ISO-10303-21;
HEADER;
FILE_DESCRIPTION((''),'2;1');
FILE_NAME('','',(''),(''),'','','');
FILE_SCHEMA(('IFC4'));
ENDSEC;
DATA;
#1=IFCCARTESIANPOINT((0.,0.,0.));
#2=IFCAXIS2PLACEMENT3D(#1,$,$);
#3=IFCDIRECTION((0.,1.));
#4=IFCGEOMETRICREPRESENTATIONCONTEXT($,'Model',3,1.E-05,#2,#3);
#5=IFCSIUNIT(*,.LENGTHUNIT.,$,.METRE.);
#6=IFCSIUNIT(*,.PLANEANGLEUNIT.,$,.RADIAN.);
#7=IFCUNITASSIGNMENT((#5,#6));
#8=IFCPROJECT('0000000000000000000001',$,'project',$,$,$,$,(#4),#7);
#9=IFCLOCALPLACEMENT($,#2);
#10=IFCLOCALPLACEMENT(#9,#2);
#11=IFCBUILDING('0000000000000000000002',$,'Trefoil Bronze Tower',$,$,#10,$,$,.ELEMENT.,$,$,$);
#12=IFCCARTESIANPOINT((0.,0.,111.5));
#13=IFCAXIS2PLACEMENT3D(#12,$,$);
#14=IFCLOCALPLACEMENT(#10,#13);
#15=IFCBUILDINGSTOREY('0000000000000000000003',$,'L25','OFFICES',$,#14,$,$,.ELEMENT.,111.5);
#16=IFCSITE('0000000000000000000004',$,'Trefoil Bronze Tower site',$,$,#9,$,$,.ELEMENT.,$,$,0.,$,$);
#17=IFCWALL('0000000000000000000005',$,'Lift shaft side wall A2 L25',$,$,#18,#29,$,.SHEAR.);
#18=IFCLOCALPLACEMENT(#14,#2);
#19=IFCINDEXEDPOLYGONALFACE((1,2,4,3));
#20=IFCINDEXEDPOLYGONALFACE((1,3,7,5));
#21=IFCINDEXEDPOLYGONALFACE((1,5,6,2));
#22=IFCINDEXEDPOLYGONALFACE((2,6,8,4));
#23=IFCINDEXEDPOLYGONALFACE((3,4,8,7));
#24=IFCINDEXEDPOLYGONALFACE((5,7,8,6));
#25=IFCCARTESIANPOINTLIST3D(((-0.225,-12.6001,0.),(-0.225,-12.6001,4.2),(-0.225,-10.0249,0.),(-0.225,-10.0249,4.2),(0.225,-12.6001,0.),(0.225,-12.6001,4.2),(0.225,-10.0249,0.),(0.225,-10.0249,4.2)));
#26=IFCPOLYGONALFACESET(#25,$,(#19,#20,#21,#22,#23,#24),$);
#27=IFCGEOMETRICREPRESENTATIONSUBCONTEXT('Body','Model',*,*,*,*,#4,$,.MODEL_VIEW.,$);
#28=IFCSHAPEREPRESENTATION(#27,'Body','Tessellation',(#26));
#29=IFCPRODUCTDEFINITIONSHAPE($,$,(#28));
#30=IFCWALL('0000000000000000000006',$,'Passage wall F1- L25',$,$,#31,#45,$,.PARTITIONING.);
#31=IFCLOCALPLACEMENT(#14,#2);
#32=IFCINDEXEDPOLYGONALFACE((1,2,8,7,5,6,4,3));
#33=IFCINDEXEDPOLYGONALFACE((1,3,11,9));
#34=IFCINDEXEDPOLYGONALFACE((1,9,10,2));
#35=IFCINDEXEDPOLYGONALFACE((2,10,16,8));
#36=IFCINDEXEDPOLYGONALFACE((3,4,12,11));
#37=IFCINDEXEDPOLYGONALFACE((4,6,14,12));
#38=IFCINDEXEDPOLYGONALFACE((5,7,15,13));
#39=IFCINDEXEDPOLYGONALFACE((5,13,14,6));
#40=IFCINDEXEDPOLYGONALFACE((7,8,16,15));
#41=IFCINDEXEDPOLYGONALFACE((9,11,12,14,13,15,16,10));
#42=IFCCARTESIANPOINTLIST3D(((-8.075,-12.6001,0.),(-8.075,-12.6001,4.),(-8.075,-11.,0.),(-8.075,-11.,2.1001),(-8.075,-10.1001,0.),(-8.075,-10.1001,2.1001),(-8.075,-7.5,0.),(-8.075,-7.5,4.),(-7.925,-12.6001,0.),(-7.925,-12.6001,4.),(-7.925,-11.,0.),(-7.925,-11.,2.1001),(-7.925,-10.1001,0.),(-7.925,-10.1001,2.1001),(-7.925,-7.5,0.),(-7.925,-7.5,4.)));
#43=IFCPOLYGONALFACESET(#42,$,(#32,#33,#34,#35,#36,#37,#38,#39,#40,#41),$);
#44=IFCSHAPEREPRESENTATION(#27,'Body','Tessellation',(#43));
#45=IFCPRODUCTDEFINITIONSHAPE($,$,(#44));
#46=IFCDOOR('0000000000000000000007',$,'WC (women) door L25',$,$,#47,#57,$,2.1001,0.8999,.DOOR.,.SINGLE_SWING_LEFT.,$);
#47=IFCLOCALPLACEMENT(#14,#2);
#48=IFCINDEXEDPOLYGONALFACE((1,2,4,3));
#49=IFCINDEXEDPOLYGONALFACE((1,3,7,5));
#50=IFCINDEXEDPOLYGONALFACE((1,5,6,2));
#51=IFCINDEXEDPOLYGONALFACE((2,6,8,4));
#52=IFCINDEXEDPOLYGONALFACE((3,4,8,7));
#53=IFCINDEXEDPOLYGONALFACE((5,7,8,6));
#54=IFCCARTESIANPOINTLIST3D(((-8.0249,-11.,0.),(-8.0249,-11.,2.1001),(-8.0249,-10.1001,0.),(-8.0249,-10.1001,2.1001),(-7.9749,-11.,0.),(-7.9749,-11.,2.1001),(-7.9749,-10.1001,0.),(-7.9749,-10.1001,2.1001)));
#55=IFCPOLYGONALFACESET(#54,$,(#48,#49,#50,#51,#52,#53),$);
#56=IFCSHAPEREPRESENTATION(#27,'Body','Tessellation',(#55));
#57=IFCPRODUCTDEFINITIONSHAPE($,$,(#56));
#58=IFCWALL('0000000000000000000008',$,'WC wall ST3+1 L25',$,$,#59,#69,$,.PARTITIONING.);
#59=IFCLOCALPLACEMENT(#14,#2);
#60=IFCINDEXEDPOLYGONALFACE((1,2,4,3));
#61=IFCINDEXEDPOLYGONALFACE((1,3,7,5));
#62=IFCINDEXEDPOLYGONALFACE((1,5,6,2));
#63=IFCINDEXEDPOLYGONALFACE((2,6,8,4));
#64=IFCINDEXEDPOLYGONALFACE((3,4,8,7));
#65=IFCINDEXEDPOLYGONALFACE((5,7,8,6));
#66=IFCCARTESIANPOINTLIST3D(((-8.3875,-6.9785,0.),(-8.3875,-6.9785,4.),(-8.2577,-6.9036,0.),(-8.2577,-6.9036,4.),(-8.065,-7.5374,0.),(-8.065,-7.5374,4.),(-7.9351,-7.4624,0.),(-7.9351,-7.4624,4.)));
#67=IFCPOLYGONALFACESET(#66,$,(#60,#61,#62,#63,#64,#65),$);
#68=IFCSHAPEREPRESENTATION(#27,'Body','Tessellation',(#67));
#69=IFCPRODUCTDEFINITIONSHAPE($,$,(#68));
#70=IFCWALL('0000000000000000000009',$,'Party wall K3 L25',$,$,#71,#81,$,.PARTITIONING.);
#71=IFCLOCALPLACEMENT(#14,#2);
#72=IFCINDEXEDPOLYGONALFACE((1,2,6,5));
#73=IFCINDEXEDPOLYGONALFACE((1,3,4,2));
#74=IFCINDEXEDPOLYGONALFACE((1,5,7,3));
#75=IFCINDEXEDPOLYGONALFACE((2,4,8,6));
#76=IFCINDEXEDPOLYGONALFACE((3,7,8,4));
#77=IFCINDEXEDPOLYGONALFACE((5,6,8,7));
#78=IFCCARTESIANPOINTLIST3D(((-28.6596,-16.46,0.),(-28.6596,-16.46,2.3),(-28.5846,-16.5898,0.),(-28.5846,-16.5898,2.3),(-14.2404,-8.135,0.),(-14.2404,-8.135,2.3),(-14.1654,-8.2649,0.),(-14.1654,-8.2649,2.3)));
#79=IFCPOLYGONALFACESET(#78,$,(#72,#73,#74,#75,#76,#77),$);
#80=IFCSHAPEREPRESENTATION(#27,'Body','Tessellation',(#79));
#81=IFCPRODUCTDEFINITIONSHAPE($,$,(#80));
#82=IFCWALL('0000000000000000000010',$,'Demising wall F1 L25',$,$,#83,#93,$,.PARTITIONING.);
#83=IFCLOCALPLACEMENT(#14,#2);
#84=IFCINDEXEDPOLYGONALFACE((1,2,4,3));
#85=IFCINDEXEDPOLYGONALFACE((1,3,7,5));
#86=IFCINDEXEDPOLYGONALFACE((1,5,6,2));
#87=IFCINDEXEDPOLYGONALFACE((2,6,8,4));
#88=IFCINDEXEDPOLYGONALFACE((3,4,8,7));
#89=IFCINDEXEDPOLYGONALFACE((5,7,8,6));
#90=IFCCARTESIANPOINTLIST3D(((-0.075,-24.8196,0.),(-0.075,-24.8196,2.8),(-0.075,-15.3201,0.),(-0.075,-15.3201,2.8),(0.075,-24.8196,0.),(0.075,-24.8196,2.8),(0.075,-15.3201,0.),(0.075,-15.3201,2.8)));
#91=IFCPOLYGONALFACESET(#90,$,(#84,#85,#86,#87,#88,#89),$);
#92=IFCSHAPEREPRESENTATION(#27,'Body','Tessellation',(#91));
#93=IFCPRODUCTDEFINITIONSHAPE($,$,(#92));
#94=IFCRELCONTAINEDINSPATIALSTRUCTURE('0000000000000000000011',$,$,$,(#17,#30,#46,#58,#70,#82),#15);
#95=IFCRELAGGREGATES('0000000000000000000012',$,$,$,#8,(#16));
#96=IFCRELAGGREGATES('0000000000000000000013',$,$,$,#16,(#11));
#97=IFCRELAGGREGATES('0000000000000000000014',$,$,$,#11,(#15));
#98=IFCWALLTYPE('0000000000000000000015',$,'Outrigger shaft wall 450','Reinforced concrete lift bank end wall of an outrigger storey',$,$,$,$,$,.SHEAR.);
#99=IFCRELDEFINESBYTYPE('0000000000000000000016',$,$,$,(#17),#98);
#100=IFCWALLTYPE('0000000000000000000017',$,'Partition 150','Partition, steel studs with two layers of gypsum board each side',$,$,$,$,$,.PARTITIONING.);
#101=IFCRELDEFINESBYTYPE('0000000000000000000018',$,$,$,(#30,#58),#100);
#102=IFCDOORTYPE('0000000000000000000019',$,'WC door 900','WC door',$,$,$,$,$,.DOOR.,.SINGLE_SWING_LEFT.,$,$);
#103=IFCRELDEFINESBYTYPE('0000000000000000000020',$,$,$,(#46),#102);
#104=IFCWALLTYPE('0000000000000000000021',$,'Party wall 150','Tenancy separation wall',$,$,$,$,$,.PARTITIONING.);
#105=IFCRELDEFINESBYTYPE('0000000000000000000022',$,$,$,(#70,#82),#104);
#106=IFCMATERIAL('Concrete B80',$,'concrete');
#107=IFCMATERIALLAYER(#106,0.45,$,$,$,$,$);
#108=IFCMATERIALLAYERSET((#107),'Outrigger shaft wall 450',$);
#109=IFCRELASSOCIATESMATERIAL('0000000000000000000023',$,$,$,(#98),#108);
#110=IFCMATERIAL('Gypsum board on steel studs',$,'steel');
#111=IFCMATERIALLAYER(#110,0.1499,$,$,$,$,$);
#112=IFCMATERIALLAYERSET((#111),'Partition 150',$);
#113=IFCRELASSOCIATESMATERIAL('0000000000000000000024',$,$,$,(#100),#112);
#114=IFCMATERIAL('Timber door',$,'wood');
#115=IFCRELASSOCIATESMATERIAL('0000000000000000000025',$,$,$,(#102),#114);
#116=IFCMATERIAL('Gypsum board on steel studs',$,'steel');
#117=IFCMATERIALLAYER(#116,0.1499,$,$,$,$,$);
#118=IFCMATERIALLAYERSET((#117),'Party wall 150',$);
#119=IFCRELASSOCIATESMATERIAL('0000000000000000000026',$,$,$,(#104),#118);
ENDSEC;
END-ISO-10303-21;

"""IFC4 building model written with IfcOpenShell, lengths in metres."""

from ifc_helpers import new_model, si_unit, direction, frame, frame_2d, origin, place, context, subcontext, project, spatial, rectangle, extrude, material, layer, layer_set, type_object, element, fill, save


model = new_model("IFC4")

# Units and contexts
model_context = context("Model", 3, precision=1e-05, world=origin(), true_north=direction((0.0, 1.0)))
body_context = subcontext(model_context, "Body", "Model", "MODEL_VIEW")
ifc_project = project(units=[si_unit("LENGTHUNIT", "METRE"), si_unit("PLANEANGLEUNIT", "RADIAN")], contexts=[model_context])

# Site, building, storey
site_placement = place(None, origin())
site = spatial("IfcSite", under=ifc_project, at=site_placement, Name="Trefoil Bronze Tower site", CompositionType="ELEMENT", RefElevation=0.0)
building_placement = place(site_placement, origin())
building = spatial("IfcBuilding", under=site, at=building_placement, Name="Trefoil Bronze Tower", CompositionType="ELEMENT")
storey_placement = place(building_placement, frame((0.0, 0.0, 111.5)))
storey = spatial("IfcBuildingStorey", under=building, at=storey_placement, Name="L25", Description="OFFICES", CompositionType="ELEMENT", Elevation=111.5)

# Wall
ifc_material_1 = material(Name="Concrete B80", Category="concrete")
ifc_layer_1 = layer(ifc_material_1, 0.45)
ifc_layer_set_1 = layer_set([ifc_layer_1], Name="Outrigger shaft wall 450")
wall_type_1 = type_object("IfcWallType", Name="Outrigger shaft wall 450", Description="Reinforced concrete lift bank end wall of an outrigger storey", PredefinedType="SHEAR", material=ifc_layer_set_1)
for number, where, z_axis, x_axis, name in (
    (1, (0.0, -10.0249, 0.0), (0.0, 0.0, 1.0), (0.0, -1.0, 0.0), "Lift shaft side wall A2 L25"),
):
    element("IfcWall", number, at=place(storey_placement, frame(where, z_axis=z_axis, x_axis=x_axis)), inside=storey, type_object=wall_type_1, Name=name, PredefinedType="SHEAR", context=body_context, shape_type="SweptSolid", body=[
        extrude(rectangle(XDim=2.5752, YDim=0.45, at=frame_2d((1.2876, 0.0))), origin(), (0.0, 0.0, 1.0), 4.2),
    ])

# Wall, opening, door
ifc_material_2 = material(Name="Gypsum board on steel studs", Category="steel")
ifc_layer_2 = layer(ifc_material_2, 0.1499)
ifc_layer_set_2 = layer_set([ifc_layer_2], Name="Partition 150")
wall_type_2 = type_object("IfcWallType", Name="Partition 150", Description="Partition, steel studs with two layers of gypsum board each side", PredefinedType="PARTITIONING", material=ifc_layer_set_2)
wall_1_placement = place(storey_placement, frame((-8.0, -7.5, 0.0), z_axis=(0.0, 0.0, 1.0), x_axis=(0.0, -1.0, 0.0)))
wall_1 = element("IfcWall", 2, at=wall_1_placement, inside=storey, type_object=wall_type_2, Name="Passage wall F1- L25", PredefinedType="PARTITIONING", context=body_context, shape_type="SweptSolid", body=[
    extrude(rectangle(XDim=5.1001, YDim=0.1499, at=frame_2d((2.55, 0.0))), origin(), (0.0, 0.0, 1.0), 4.0),
])
opening_1_placement = place(wall_1_placement, frame((2.6001, 0.0, 0.0)))
opening_1 = element("IfcOpeningElement", 3, at=opening_1_placement, cuts=wall_1, PredefinedType="OPENING", context=body_context, shape_type="SweptSolid", body=[
    extrude(rectangle(XDim=0.8999, YDim=2.1001, at=frame_2d((0.45, 1.05))), frame((0.0, 0.085, 0.0), z_axis=(0.0, -1.0, 0.0), x_axis=(1.0, 0.0, 0.0)), (0.0, 0.0, 1.0), 0.1699),
])
ifc_material_3 = material(Name="Timber door", Category="wood")
door_type_1 = type_object("IfcDoorType", Name="WC door 900", Description="WC door", OperationType="SINGLE_SWING_LEFT", PredefinedType="DOOR", material=ifc_material_3)
door_1_placement = place(opening_1_placement, frame((0.8999, 0.0, 0.0), z_axis=(0.0, 0.0, 1.0), x_axis=(-1.0, 0.0, 0.0)))
door_1 = element("IfcDoor", 4, at=door_1_placement, inside=storey, type_object=door_type_1, Name="WC (women) door L25", OperationType="SINGLE_SWING_LEFT", OverallHeight=2.1001, OverallWidth=0.8999, PredefinedType="DOOR", context=body_context, shape_type="SweptSolid", body=[
    extrude(rectangle(XDim=0.8999, YDim=2.1001, at=frame_2d((0.45, 1.05))), frame((0.0, 0.0249, 0.0), z_axis=(0.0, -1.0, 0.0), x_axis=(1.0, 0.0, 0.0)), (0.0, 0.0, 1.0), 0.05),
])
fill(opening_1, door_1)

# Walls
wall_2_placement = place(storey_placement, frame((-8.0, -7.5, 0.0), z_axis=(0.0, 0.0, 1.0), x_axis=(-0.499843, 0.866116, 0.0)))
element("IfcWall", 5, at=wall_2_placement, inside=storey, type_object=wall_type_2, Name="WC wall ST3+1 L25", PredefinedType="PARTITIONING", context=body_context, shape_type="SweptSolid", body=[
    extrude(rectangle(XDim=0.6453, YDim=0.1499, at=frame_2d((0.3228, 0.0))), origin(), (0.0, 0.0, 1.0), 4.0),
])
ifc_material_4 = material(Name="Gypsum board on steel studs", Category="steel")
ifc_layer_3 = layer(ifc_material_4, 0.1499)
ifc_layer_set_3 = layer_set([ifc_layer_3], Name="Party wall 150")
wall_type_3 = type_object("IfcWallType", Name="Party wall 150", Description="Tenancy separation wall", PredefinedType="PARTITIONING", material=ifc_layer_set_3)
wall_3_placement = place(storey_placement, frame((-14.2029, -8.2, 0.0), z_axis=(0.0, 0.0, 1.0), x_axis=(-0.866025, -0.500001, 0.0)))
element("IfcWall", 6, at=wall_3_placement, inside=storey, type_object=wall_type_3, Name="Party wall K3 L25", PredefinedType="PARTITIONING", context=body_context, shape_type="SweptSolid", body=[
    extrude(rectangle(XDim=16.6499, YDim=0.1499, at=frame_2d((8.325, 0.0))), origin(), (0.0, 0.0, 1.0), 2.3),
])
wall_4_placement = place(storey_placement, frame((0.0, -15.3201, 0.0), z_axis=(0.0, 0.0, 1.0), x_axis=(0.0, -1.0, 0.0)))
element("IfcWall", 7, at=wall_4_placement, inside=storey, type_object=wall_type_3, Name="Demising wall F1 L25", PredefinedType="PARTITIONING", context=body_context, shape_type="SweptSolid", body=[
    extrude(rectangle(XDim=9.4995, YDim=0.1499, at=frame_2d((4.7498, 0.0))), origin(), (0.0, 0.0, 1.0), 2.8),
])

save(model, "model.ifc")
